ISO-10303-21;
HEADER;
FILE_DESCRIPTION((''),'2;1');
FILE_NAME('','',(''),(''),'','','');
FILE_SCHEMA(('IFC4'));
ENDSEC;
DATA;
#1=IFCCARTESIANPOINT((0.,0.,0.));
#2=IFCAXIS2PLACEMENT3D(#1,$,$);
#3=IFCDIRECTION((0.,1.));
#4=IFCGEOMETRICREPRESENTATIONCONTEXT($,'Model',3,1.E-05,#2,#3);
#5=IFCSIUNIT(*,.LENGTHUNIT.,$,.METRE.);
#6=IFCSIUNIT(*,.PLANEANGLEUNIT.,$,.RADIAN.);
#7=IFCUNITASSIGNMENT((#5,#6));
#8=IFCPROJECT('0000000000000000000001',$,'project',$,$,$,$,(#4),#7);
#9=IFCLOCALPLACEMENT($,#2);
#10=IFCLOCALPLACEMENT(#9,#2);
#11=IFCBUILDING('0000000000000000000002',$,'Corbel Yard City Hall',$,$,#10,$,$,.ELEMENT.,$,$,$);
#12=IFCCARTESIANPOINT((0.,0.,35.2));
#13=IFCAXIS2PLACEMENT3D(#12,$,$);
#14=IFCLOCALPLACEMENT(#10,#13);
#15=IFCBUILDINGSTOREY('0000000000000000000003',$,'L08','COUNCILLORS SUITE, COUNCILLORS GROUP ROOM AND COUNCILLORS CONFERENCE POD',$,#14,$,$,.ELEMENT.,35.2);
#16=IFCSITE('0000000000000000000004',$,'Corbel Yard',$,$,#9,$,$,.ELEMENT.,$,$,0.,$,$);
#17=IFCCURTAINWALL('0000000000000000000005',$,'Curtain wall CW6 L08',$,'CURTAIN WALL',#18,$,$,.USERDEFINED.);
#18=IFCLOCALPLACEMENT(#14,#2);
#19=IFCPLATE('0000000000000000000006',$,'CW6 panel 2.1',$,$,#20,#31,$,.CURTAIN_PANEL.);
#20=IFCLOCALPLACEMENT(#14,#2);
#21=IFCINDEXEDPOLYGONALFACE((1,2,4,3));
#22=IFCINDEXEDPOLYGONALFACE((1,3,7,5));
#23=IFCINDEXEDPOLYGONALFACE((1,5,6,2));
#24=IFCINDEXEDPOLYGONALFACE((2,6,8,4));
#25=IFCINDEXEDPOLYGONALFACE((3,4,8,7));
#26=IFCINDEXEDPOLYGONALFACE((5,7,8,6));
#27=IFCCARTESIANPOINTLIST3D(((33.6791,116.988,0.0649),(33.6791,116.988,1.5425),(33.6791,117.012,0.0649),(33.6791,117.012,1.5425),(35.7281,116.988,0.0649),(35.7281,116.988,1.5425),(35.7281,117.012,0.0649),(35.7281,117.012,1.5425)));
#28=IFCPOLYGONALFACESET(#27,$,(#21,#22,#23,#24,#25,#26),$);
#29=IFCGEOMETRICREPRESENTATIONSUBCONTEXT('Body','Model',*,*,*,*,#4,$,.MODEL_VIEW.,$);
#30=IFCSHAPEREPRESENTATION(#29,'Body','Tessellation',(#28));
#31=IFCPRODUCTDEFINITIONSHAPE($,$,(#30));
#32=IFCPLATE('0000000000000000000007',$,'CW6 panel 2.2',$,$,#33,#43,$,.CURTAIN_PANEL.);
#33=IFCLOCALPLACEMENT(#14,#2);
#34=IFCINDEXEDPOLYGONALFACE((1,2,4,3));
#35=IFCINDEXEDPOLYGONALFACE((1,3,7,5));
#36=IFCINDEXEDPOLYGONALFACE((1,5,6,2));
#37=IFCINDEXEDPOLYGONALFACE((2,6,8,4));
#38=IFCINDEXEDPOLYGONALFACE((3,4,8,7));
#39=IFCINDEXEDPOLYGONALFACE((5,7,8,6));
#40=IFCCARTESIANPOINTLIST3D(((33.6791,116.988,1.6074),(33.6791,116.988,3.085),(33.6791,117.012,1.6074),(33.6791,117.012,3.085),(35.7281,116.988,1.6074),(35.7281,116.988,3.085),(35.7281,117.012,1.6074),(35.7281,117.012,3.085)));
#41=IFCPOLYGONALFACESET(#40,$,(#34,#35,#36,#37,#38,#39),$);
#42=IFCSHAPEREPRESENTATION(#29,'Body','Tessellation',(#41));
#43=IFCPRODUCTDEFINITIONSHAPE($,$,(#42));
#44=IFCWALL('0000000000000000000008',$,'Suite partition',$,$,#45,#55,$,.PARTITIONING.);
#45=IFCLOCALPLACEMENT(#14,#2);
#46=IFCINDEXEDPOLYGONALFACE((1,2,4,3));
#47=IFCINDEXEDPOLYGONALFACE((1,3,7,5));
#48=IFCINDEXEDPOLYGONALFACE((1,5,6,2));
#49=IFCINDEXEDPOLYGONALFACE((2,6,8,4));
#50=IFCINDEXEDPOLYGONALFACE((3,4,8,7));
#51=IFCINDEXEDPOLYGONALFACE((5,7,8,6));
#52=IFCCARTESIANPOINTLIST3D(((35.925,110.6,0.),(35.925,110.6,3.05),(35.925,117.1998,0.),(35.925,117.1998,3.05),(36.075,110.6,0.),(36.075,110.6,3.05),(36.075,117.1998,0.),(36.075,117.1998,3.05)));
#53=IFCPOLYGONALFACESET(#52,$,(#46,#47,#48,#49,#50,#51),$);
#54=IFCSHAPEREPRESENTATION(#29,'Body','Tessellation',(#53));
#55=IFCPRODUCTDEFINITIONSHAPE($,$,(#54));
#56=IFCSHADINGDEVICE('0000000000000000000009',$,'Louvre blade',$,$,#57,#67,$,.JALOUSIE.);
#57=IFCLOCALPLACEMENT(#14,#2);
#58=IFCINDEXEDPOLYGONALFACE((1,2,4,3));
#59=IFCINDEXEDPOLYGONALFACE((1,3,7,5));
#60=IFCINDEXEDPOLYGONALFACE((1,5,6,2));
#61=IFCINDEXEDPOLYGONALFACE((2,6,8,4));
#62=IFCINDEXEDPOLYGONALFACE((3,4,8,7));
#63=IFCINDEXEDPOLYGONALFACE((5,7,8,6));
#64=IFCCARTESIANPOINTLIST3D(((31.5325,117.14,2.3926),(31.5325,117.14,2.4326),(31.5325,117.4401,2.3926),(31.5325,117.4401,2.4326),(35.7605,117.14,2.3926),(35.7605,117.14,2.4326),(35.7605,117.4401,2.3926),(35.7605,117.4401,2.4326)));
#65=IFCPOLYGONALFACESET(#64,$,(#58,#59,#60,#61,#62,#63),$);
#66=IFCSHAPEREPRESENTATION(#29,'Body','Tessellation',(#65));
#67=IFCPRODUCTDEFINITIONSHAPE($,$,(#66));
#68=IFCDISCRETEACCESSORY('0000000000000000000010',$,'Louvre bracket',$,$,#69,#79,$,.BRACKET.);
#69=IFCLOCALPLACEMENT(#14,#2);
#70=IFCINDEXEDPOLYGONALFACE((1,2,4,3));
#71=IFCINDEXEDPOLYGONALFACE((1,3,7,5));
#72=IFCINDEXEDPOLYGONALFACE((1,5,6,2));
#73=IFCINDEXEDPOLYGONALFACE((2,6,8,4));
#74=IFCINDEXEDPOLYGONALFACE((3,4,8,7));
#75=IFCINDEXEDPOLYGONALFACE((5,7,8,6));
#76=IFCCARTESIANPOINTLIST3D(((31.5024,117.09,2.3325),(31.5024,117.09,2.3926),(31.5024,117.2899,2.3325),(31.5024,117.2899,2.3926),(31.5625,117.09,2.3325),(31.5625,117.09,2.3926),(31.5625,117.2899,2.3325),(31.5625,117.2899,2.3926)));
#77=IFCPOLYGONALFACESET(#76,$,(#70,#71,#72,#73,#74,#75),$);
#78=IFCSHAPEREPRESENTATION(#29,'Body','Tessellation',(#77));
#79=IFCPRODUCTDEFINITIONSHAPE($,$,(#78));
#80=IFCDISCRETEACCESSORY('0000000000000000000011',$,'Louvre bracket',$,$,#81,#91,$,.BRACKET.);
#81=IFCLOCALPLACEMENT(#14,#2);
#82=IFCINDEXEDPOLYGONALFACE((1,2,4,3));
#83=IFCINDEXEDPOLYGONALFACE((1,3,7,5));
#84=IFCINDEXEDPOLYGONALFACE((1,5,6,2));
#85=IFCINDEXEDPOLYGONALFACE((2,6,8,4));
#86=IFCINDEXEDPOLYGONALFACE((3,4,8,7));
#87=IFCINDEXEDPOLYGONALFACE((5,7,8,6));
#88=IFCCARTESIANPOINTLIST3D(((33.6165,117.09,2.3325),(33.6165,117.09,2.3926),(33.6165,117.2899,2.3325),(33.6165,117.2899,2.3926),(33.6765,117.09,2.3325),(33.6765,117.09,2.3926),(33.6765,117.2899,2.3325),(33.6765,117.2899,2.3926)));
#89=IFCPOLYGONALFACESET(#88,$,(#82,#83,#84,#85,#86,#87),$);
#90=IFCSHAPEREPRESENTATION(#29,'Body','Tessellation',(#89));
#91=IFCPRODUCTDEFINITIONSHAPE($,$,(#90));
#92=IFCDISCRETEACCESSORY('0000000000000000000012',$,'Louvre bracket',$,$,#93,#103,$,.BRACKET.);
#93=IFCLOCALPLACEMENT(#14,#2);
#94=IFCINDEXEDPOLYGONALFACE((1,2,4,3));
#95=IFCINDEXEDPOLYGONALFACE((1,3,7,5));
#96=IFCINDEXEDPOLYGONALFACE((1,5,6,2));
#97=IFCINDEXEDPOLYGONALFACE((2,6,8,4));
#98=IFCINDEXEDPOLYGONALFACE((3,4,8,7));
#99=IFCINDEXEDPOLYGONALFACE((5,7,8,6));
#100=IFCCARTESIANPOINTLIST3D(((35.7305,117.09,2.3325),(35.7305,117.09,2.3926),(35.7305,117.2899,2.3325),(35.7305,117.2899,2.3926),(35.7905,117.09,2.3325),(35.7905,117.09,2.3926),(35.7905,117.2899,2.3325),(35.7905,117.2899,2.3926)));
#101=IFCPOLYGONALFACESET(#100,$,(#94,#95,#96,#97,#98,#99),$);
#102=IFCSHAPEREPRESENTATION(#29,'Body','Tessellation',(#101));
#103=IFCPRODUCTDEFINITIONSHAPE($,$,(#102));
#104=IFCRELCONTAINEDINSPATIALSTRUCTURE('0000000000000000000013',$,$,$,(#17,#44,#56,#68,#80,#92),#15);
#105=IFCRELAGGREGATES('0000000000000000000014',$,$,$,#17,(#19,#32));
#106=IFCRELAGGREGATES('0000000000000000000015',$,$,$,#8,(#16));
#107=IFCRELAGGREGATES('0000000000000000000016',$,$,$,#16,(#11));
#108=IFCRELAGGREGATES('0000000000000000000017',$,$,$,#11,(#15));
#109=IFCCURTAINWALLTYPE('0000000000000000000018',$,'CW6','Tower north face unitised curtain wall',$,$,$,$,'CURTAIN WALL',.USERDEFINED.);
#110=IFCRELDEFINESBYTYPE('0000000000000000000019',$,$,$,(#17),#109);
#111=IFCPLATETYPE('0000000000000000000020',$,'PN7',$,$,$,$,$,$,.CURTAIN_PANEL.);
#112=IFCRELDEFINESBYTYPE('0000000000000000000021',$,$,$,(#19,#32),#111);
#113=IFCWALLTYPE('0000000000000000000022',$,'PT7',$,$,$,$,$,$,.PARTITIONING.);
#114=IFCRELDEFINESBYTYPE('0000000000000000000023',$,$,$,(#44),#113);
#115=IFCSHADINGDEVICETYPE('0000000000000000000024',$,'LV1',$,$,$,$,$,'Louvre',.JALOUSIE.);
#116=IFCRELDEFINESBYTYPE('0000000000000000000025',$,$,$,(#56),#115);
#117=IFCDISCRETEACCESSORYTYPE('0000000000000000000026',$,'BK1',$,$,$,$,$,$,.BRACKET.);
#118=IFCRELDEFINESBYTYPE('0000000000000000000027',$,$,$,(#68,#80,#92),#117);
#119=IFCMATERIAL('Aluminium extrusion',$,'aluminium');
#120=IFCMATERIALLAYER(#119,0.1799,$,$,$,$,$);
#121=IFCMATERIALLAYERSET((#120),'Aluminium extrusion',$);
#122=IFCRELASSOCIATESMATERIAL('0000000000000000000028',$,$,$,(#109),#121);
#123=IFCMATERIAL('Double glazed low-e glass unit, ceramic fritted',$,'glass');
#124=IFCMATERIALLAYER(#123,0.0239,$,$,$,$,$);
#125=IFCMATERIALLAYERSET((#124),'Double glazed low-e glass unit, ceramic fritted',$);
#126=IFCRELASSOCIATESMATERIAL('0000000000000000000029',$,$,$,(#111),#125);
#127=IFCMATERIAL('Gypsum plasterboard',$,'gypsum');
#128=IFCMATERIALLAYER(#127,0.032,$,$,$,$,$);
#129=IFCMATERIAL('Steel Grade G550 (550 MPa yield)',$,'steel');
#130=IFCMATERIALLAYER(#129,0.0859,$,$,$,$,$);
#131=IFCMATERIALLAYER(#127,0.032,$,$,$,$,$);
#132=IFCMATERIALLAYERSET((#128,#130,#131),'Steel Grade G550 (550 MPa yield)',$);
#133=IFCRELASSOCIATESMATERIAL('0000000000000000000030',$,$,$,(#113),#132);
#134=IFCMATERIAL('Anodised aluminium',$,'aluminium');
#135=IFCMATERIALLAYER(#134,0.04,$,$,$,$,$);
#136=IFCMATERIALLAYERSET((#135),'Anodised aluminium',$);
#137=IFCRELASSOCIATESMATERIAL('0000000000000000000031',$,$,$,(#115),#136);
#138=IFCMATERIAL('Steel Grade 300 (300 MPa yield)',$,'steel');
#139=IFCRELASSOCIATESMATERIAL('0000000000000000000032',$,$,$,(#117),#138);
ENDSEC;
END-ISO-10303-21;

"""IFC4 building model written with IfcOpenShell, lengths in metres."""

from ifc_helpers import new_model, si_unit, direction, frame, frame_2d, origin, origin_2d, place, context, subcontext, project, spatial, rectangle, extrude, material, layer, layer_set, type_object, element, aggregate, save


model = new_model("IFC4")

# Units and contexts
model_context = context("Model", 3, precision=1e-05, world=origin(), true_north=direction((0.0, 1.0)))
body_context = subcontext(model_context, "Body", "Model", "MODEL_VIEW")
ifc_project = project(units=[si_unit("LENGTHUNIT", "METRE"), si_unit("PLANEANGLEUNIT", "RADIAN")], contexts=[model_context])

# Site, building, storey
site_placement = place(None, origin())
site = spatial("IfcSite", under=ifc_project, at=site_placement, Name="Corbel Yard", CompositionType="ELEMENT", RefElevation=0.0)
building_placement = place(site_placement, origin())
building = spatial("IfcBuilding", under=site, at=building_placement, Name="Corbel Yard City Hall", CompositionType="ELEMENT")
storey_placement = place(building_placement, frame((0.0, 0.0, 35.2)))
storey = spatial("IfcBuildingStorey", under=building, at=storey_placement, Name="L08", Description="COUNCILLORS SUITE, COUNCILLORS GROUP ROOM AND COUNCILLORS CONFERENCE POD", CompositionType="ELEMENT", Elevation=35.2)

# Curtain wall
ifc_material_1 = material(Name="Aluminium extrusion", Category="aluminium")
ifc_layer_1 = layer(ifc_material_1, 0.1799)
ifc_layer_set_1 = layer_set([ifc_layer_1], Name="Aluminium extrusion")
curtain_wall_type = type_object("IfcCurtainWallType", Name="CW6", Description="Tower north face unitised curtain wall", ElementType="CURTAIN WALL", PredefinedType="USERDEFINED", material=ifc_layer_set_1)
curtain_wall_placement = place(storey_placement, origin())
curtain_wall = element("IfcCurtainWall", 1, at=curtain_wall_placement, inside=storey, type_object=curtain_wall_type, Name="Curtain wall CW6 L08", ObjectType="CURTAIN WALL", PredefinedType="USERDEFINED")

# Shared definitions
ifc_material_2 = material(Name="Steel Grade 300 (300 MPa yield)", Category="steel")

# Plates
ifc_material_3 = material(Name="Double glazed low-e glass unit, ceramic fritted", Category="glass")
ifc_layer_2 = layer(ifc_material_3, 0.0239)
ifc_layer_set_2 = layer_set([ifc_layer_2], Name="Double glazed low-e glass unit, ceramic fritted")
plate_type = type_object("IfcPlateType", Name="PN7", PredefinedType="CURTAIN_PANEL", material=ifc_layer_set_2)
plate_1_placement = place(storey_placement, frame((34.7036, 117.0, 0.0649), z_axis=(0.0, 0.0, 1.0), x_axis=(1.0, 0.0, 0.0)))
plate_1 = element("IfcPlate", 2, at=plate_1_placement, type_object=plate_type, Name="CW6 panel 2.1", PredefinedType="CURTAIN_PANEL", context=body_context, shape_type="SweptSolid", body=[
    extrude(rectangle(XDim=2.0491, YDim=0.0239, at=origin_2d()), origin(), (0.0, 0.0, 1.0), 1.4775),
])
plate_2_placement = place(storey_placement, frame((34.7036, 117.0, 1.6074), z_axis=(0.0, 0.0, 1.0), x_axis=(1.0, 0.0, 0.0)))
plate_2 = element("IfcPlate", 3, at=plate_2_placement, type_object=plate_type, Name="CW6 panel 2.2", PredefinedType="CURTAIN_PANEL", context=body_context, shape_type="SweptSolid", body=[
    extrude(rectangle(XDim=2.0491, YDim=0.0239, at=origin_2d()), origin(), (0.0, 0.0, 1.0), 1.4775),
])
aggregate(curtain_wall, [plate_1, plate_2])

# Wall
ifc_material_4 = material(Name="Gypsum plasterboard", Category="gypsum")
ifc_layer_3 = layer(ifc_material_4, 0.032)
ifc_material_5 = material(Name="Steel Grade G550 (550 MPa yield)", Category="steel")
ifc_layer_4 = layer(ifc_material_5, 0.0859)
ifc_layer_5 = layer(ifc_material_4, 0.032)
ifc_layer_set_3 = layer_set([ifc_layer_3, ifc_layer_4, ifc_layer_5], Name="Steel Grade G550 (550 MPa yield)")
wall_type = type_object("IfcWallType", Name="PT7", PredefinedType="PARTITIONING", material=ifc_layer_set_3)
wall_placement = place(storey_placement, frame((36.0, 110.6001, 0.0), z_axis=(0.0, 0.0, 1.0), x_axis=(0.0, 1.0, 0.0)))
element("IfcWall", 4, at=wall_placement, inside=storey, type_object=wall_type, Name="Suite partition", PredefinedType="PARTITIONING", context=body_context, shape_type="SweptSolid", body=[
    extrude(rectangle(XDim=6.5999, YDim=0.1499, at=frame_2d((3.2998, 0.0))), origin(), (0.0, 0.0, 1.0), 3.05),
])

# Shading device
ifc_material_6 = material(Name="Anodised aluminium", Category="aluminium")
ifc_layer_6 = layer(ifc_material_6, 0.04)
ifc_layer_set_4 = layer_set([ifc_layer_6], Name="Anodised aluminium")
shading_device_type = type_object("IfcShadingDeviceType", Name="LV1", ElementType="Louvre", PredefinedType="JALOUSIE", material=ifc_layer_set_4)
shading_device_placement = place(storey_placement, frame((33.6465, 117.29, 2.3926), z_axis=(0.0, 0.0, 1.0), x_axis=(1.0, 0.0, 0.0)))
element("IfcShadingDevice", 5, at=shading_device_placement, inside=storey, type_object=shading_device_type, Name="Louvre blade", PredefinedType="JALOUSIE", context=body_context, shape_type="SweptSolid", body=[
    extrude(rectangle(XDim=4.228, YDim=0.3, at=origin_2d()), origin(), (0.0, 0.0, 1.0), 0.04),
])

# Discrete accessories
discrete_accessory_type = type_object("IfcDiscreteAccessoryType", Name="BK1", PredefinedType="BRACKET", material=ifc_material_2)
for number, where, z_axis, x_axis, name in (
    (6, (31.5325, 117.1899, 2.3325), (0.0, 0.0, 1.0), (1.0, 0.0, 0.0), "Louvre bracket"),
    (7, (33.6465, 117.1899, 2.3325), (0.0, 0.0, 1.0), (1.0, 0.0, 0.0), "Louvre bracket"),
    (8, (35.7605, 117.1899, 2.3325), (0.0, 0.0, 1.0), (1.0, 0.0, 0.0), "Louvre bracket"),
):
    element("IfcDiscreteAccessory", number, at=place(storey_placement, frame(where, z_axis=z_axis, x_axis=x_axis)), inside=storey, type_object=discrete_accessory_type, Name=name, PredefinedType="BRACKET", context=body_context, shape_type="SweptSolid", body=[
        extrude(rectangle(XDim=0.0601, YDim=0.2, at=origin_2d()), origin(), (0.0, 0.0, 1.0), 0.0601),
    ])

save(model, "model.ifc")
